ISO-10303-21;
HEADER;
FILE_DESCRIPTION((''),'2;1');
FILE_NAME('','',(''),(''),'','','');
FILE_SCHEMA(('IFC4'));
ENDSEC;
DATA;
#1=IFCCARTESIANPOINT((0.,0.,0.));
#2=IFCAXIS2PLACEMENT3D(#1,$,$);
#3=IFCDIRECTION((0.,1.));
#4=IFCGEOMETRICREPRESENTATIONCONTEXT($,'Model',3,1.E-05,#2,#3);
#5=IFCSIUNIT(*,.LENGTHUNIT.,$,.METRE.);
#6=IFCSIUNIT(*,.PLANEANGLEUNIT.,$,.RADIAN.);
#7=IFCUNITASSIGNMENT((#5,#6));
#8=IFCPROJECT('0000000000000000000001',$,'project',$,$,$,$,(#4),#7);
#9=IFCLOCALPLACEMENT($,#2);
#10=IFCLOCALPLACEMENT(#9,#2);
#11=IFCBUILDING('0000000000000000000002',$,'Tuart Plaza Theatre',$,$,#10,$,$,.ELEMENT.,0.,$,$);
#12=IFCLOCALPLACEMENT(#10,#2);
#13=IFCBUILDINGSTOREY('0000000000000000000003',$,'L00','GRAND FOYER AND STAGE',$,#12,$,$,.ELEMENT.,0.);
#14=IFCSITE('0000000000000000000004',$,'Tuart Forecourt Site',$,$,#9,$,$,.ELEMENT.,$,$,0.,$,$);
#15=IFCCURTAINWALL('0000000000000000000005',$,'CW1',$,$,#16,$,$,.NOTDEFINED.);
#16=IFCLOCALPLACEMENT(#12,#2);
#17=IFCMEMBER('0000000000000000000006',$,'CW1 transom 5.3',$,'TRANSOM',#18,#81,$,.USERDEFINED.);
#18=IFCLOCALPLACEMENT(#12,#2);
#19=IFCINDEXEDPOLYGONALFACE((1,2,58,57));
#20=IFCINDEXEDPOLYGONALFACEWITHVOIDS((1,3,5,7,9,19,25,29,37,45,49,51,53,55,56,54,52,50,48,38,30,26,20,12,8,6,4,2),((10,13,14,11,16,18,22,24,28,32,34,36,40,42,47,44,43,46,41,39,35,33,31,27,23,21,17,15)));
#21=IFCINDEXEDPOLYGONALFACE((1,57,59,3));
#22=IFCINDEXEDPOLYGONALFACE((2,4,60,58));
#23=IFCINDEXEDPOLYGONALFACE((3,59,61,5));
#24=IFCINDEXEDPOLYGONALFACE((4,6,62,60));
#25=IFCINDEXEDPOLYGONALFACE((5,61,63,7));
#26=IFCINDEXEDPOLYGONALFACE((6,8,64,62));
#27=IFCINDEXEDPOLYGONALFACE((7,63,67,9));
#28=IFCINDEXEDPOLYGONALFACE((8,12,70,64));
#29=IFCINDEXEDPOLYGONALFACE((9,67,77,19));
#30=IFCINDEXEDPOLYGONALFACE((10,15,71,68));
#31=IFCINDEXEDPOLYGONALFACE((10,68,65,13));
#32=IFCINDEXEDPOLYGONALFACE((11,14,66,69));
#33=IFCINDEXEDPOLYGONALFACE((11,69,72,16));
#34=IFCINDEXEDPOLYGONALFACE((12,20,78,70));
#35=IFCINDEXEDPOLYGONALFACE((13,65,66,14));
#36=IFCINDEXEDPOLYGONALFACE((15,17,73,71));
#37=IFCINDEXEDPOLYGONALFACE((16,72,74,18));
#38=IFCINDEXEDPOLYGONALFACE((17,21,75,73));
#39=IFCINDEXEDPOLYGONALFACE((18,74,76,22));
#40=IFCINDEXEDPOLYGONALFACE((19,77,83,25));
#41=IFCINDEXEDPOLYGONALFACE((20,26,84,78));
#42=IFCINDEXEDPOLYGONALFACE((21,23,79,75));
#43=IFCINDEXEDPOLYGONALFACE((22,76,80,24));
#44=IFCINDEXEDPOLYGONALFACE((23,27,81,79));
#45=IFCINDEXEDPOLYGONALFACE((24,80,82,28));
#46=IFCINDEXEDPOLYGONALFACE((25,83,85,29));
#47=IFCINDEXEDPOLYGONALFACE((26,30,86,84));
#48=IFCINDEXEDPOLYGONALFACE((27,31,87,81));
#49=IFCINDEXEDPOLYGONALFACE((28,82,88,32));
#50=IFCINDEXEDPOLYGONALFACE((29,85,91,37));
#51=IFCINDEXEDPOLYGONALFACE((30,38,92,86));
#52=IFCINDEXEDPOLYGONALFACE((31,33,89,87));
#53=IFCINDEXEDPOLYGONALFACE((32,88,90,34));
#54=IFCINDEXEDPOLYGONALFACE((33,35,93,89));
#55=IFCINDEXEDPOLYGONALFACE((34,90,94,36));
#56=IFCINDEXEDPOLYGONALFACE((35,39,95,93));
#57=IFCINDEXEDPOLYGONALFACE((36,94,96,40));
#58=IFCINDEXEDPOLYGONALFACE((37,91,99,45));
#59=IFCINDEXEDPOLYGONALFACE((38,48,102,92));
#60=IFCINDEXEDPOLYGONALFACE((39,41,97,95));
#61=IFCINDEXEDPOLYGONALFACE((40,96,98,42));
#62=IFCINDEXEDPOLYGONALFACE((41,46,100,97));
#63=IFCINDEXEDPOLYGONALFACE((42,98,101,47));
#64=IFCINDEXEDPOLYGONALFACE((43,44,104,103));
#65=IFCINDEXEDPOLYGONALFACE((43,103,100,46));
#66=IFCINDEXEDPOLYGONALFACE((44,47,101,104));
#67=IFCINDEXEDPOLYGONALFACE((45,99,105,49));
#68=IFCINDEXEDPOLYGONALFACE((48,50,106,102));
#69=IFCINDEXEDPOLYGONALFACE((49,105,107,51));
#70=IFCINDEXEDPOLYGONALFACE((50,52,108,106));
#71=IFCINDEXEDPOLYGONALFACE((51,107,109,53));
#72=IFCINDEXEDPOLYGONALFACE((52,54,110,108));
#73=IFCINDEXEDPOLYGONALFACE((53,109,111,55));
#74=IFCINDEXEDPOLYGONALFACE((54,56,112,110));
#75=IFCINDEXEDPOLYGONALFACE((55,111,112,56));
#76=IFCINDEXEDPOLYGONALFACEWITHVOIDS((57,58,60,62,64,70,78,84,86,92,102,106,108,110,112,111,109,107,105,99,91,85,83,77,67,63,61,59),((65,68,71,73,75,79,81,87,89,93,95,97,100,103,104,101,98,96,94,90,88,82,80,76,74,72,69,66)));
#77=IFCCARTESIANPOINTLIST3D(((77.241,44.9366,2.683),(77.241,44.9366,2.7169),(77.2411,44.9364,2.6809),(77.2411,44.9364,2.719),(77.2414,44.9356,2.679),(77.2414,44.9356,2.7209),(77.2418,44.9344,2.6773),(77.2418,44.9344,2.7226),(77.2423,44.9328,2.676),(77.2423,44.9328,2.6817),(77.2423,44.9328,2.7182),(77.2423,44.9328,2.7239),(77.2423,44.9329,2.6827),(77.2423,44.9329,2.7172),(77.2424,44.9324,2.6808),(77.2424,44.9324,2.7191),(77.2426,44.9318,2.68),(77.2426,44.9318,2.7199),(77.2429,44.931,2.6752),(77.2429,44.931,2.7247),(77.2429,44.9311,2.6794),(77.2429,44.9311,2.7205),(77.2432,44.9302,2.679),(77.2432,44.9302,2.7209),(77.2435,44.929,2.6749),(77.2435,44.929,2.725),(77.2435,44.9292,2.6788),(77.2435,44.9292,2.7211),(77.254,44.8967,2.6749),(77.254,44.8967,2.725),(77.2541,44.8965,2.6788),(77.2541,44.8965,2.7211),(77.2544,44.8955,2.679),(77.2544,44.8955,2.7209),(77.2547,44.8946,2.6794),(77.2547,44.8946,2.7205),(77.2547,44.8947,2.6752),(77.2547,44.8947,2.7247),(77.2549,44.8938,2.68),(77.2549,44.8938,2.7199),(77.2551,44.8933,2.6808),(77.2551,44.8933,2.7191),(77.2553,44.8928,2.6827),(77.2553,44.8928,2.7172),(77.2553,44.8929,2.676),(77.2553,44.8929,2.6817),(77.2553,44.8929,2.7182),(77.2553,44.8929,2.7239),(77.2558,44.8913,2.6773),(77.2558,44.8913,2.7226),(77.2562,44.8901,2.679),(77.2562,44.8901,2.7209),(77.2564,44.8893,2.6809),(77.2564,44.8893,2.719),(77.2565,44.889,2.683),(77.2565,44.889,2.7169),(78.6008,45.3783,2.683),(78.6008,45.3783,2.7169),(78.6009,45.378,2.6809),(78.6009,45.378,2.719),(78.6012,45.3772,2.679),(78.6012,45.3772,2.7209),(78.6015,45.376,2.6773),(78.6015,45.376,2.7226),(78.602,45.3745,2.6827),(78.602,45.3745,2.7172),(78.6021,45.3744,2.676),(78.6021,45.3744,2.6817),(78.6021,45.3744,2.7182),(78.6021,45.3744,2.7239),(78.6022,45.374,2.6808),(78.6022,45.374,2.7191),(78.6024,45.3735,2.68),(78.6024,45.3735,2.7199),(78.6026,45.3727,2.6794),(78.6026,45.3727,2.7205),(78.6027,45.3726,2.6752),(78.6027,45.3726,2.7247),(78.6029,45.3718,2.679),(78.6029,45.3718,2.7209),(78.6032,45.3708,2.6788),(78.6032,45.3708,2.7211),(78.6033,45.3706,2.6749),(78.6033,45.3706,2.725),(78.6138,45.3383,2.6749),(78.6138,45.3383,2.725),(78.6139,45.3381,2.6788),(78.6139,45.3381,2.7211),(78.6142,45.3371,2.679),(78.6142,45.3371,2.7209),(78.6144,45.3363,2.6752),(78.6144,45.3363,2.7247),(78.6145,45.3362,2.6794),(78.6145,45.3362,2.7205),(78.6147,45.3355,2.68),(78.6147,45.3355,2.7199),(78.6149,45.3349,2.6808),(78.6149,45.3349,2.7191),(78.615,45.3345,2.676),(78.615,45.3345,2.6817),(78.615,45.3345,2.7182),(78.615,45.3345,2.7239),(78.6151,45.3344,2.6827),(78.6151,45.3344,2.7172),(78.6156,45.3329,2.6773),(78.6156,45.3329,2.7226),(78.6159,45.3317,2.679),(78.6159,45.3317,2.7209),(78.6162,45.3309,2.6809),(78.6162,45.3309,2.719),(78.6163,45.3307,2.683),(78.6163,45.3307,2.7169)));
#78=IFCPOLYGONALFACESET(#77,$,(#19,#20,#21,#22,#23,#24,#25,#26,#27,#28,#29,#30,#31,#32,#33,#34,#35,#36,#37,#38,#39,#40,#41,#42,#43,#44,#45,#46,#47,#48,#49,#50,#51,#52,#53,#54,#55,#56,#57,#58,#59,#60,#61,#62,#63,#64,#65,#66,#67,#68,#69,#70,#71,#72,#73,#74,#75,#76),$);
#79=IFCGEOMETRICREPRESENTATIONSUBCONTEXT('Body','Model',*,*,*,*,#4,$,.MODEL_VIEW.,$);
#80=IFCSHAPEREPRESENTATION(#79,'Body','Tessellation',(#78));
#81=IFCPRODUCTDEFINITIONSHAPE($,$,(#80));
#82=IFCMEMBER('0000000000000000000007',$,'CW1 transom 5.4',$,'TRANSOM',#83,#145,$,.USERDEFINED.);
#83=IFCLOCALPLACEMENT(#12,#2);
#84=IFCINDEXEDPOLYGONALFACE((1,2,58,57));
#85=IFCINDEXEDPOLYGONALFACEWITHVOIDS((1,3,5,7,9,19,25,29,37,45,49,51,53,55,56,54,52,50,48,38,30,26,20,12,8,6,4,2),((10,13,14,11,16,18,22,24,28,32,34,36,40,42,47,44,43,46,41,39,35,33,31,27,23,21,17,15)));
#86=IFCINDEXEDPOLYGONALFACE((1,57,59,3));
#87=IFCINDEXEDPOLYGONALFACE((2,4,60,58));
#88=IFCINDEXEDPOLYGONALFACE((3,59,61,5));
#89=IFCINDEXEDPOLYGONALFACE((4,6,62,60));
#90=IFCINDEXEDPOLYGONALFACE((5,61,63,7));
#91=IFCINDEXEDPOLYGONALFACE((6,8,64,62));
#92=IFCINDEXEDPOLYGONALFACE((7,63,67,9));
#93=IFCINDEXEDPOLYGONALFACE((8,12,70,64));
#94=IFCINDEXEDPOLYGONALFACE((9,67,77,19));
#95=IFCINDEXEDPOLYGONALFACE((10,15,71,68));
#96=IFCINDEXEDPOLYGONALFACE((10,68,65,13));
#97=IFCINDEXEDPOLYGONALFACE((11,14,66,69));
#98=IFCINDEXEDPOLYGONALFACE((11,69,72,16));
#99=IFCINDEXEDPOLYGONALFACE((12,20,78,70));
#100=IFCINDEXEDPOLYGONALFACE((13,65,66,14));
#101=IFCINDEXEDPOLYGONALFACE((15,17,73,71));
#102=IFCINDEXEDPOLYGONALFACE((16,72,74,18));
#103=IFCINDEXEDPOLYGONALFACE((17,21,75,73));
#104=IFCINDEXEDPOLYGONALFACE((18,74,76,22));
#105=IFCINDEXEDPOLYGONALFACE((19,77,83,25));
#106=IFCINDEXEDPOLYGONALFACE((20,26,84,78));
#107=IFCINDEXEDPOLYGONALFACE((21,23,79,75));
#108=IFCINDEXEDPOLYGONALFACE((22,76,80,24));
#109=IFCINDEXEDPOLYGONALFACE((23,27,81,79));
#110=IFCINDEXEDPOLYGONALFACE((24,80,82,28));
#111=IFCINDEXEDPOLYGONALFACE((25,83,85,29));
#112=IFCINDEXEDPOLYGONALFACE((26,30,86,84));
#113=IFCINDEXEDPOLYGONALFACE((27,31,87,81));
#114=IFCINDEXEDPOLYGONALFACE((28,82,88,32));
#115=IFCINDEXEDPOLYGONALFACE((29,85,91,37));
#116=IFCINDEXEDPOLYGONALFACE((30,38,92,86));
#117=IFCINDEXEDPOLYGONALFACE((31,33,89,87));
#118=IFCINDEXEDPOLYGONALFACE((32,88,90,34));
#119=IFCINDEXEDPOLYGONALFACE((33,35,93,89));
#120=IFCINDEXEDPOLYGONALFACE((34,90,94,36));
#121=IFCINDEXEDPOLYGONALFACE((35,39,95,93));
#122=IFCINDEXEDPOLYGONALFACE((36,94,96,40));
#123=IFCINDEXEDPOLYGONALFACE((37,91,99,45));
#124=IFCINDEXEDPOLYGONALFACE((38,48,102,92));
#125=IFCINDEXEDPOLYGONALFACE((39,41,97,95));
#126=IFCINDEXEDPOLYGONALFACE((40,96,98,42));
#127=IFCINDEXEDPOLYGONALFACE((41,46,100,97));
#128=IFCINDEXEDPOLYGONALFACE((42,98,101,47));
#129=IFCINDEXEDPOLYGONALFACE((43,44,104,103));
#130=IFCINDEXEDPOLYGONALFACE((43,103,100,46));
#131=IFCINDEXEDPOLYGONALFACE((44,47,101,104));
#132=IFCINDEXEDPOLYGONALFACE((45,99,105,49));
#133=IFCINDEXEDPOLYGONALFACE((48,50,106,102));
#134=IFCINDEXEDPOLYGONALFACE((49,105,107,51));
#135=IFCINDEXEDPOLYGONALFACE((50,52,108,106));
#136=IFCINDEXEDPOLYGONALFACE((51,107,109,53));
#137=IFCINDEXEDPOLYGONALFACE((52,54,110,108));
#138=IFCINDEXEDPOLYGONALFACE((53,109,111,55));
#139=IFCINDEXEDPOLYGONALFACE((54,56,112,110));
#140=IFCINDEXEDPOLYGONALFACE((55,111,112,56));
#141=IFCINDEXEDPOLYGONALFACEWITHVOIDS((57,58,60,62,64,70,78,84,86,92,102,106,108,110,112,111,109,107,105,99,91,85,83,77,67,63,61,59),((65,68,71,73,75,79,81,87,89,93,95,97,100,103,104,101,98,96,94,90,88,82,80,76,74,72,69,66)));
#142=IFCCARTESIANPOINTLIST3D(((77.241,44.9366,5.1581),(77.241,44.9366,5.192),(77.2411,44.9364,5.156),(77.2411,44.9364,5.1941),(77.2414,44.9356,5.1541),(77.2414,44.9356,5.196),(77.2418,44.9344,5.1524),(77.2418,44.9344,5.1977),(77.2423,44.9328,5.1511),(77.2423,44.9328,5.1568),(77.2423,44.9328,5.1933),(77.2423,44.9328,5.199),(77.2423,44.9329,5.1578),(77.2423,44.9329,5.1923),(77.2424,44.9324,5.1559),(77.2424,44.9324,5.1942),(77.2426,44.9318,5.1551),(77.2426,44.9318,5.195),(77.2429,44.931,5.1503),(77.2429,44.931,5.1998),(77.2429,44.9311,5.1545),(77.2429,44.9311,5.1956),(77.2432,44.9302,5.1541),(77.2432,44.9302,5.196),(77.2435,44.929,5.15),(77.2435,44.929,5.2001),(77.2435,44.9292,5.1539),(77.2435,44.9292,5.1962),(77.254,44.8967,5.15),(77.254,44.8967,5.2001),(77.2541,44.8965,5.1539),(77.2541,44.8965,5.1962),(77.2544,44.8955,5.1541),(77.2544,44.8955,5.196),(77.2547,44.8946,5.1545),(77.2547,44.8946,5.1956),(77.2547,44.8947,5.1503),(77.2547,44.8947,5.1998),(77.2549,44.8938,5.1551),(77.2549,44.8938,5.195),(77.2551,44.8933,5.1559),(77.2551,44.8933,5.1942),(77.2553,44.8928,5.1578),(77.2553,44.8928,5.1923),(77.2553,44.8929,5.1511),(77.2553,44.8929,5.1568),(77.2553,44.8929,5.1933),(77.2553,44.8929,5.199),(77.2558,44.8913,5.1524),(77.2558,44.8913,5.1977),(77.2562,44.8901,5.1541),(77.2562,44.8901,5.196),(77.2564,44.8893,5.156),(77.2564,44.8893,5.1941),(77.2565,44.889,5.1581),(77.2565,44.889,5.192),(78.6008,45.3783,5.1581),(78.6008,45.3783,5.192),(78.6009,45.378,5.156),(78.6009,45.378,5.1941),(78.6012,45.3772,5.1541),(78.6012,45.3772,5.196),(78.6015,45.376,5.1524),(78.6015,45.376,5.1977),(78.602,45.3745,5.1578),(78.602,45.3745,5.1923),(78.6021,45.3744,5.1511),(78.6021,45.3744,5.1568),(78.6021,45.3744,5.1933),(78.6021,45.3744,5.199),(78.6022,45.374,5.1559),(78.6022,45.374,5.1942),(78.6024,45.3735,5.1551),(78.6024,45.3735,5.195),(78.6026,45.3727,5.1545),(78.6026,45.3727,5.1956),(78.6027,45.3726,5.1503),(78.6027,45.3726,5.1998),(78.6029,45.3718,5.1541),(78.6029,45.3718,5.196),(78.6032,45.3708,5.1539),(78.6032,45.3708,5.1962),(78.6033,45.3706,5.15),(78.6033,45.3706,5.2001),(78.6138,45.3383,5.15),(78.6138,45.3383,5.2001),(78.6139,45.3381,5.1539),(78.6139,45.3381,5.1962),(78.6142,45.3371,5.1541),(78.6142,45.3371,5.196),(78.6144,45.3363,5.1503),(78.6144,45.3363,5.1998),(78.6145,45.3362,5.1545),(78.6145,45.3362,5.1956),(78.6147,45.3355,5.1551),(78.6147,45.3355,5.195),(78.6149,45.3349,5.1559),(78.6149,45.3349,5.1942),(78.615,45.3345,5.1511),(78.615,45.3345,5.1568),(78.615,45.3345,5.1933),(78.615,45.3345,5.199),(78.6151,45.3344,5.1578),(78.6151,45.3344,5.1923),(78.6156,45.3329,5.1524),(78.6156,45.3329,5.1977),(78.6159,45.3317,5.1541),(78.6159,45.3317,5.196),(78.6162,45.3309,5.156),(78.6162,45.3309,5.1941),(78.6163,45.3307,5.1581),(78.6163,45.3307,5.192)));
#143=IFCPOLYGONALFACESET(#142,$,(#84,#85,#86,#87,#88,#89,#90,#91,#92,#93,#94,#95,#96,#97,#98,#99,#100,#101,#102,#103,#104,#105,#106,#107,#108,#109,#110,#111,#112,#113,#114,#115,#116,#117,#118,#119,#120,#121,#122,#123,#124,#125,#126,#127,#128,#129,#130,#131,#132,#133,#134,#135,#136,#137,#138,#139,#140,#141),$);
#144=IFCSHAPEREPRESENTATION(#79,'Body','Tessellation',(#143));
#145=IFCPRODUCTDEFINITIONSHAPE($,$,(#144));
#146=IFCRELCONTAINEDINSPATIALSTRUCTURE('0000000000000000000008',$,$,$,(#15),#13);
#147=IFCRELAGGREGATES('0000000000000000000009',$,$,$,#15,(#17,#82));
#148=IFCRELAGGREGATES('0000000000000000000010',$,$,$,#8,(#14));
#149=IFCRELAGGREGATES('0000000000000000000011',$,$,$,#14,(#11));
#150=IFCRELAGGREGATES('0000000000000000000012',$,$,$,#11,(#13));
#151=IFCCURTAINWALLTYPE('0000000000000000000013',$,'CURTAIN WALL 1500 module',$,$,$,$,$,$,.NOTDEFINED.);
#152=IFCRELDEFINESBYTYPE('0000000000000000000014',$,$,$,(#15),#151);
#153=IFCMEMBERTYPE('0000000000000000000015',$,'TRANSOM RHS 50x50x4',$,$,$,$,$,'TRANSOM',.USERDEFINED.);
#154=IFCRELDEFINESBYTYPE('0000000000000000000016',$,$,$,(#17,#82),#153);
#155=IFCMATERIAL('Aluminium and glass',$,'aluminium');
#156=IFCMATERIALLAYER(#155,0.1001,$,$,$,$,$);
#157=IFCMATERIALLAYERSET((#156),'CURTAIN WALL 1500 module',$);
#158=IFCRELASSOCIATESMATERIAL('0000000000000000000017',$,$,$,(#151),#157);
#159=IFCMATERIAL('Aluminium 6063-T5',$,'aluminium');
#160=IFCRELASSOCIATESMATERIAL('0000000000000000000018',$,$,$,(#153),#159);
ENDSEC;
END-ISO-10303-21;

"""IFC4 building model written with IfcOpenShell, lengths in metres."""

from ifc_helpers import new_model, si_unit, direction, frame, origin, origin_2d, place, context, subcontext, project, spatial, hollow_rectangle, extrude, material, layer, layer_set, material_profile, profile_set, type_object, element, aggregate, save


model = new_model("IFC4")

# Units and contexts
model_context = context("Model", 3, precision=1e-05, world=origin(), true_north=direction((0.0, 1.0)))
body_context = subcontext(model_context, "Body", "Model", "MODEL_VIEW")
ifc_project = project(units=[si_unit("LENGTHUNIT", "METRE"), si_unit("PLANEANGLEUNIT", "RADIAN")], contexts=[model_context])

# Site, building, storey
site_placement = place(None, origin())
site = spatial("IfcSite", under=ifc_project, at=site_placement, Name="Tuart Forecourt Site", CompositionType="ELEMENT", RefElevation=0.0)
building_placement = place(site_placement, origin())
building = spatial("IfcBuilding", under=site, at=building_placement, Name="Tuart Plaza Theatre", CompositionType="ELEMENT", ElevationOfRefHeight=0.0)
storey_placement = place(building_placement, origin())
storey = spatial("IfcBuildingStorey", under=building, at=storey_placement, Name="L00", Description="GRAND FOYER AND STAGE", CompositionType="ELEMENT", Elevation=0.0)

# Curtain wall
ifc_material_1 = material(Name="Aluminium and glass", Category="aluminium")
ifc_layer_1 = layer(ifc_material_1, 0.1001)
ifc_layer_set_1 = layer_set([ifc_layer_1], Name="CURTAIN WALL 1500 module")
curtain_wall_type = type_object("IfcCurtainWallType", Name="CURTAIN WALL 1500 module", PredefinedType="NOTDEFINED", material=ifc_layer_set_1)
curtain_wall_1_placement = place(storey_placement, origin())
curtain_wall_1 = element("IfcCurtainWall", 1, at=curtain_wall_1_placement, inside=storey, type_object=curtain_wall_type, Name="CW1", PredefinedType="NOTDEFINED")

# Members
ifc_material_2 = material(Name="Aluminium 6063-T5", Category="aluminium")
ifc_material_profile_1 = material_profile(ifc_material_2, hollow_rectangle(XDim=0.05, YDim=0.05, WallThickness=0.0039, InnerFilletRadius=0.0039, OuterFilletRadius=0.0081, at=origin_2d()), Name="RHS 50x50x4")
ifc_profile_set_1 = profile_set([ifc_material_profile_1], Name="Aluminium 6063-T5")
member_type_1 = type_object("IfcMemberType", Name="TRANSOM RHS 50x50x4", ElementType="TRANSOM", PredefinedType="USERDEFINED", material=ifc_profile_set_1)
member_1_placement = place(storey_placement, frame((77.2488, 44.9128, 2.7), z_axis=(0.951097, 0.308893, 0.0), x_axis=(-0.308893, 0.951097, 0.0)))
member_1 = element("IfcMember", 2, at=member_1_placement, type_object=member_type_1, Name="CW1 transom 5.3", ObjectType="TRANSOM", PredefinedType="USERDEFINED", context=body_context, shape_type="SweptSolid", body=[
    extrude(hollow_rectangle(XDim=0.05, YDim=0.05, WallThickness=0.0039, InnerFilletRadius=0.0039, OuterFilletRadius=0.0081, at=origin_2d()), origin(), (0.0, 0.0, 1.0), 1.4297),
])
member_2_placement = place(storey_placement, frame((77.2488, 44.9128, 5.175), z_axis=(0.951097, 0.308893, 0.0), x_axis=(-0.308893, 0.951097, 0.0)))
member_2 = element("IfcMember", 3, at=member_2_placement, type_object=member_type_1, Name="CW1 transom 5.4", ObjectType="TRANSOM", PredefinedType="USERDEFINED", context=body_context, shape_type="SweptSolid", body=[
    extrude(hollow_rectangle(XDim=0.05, YDim=0.05, WallThickness=0.0039, InnerFilletRadius=0.0039, OuterFilletRadius=0.0081, at=origin_2d()), origin(), (0.0, 0.0, 1.0), 1.4297),
])

aggregate(curtain_wall_1, [member_1, member_2])

save(model, "model.ifc")
